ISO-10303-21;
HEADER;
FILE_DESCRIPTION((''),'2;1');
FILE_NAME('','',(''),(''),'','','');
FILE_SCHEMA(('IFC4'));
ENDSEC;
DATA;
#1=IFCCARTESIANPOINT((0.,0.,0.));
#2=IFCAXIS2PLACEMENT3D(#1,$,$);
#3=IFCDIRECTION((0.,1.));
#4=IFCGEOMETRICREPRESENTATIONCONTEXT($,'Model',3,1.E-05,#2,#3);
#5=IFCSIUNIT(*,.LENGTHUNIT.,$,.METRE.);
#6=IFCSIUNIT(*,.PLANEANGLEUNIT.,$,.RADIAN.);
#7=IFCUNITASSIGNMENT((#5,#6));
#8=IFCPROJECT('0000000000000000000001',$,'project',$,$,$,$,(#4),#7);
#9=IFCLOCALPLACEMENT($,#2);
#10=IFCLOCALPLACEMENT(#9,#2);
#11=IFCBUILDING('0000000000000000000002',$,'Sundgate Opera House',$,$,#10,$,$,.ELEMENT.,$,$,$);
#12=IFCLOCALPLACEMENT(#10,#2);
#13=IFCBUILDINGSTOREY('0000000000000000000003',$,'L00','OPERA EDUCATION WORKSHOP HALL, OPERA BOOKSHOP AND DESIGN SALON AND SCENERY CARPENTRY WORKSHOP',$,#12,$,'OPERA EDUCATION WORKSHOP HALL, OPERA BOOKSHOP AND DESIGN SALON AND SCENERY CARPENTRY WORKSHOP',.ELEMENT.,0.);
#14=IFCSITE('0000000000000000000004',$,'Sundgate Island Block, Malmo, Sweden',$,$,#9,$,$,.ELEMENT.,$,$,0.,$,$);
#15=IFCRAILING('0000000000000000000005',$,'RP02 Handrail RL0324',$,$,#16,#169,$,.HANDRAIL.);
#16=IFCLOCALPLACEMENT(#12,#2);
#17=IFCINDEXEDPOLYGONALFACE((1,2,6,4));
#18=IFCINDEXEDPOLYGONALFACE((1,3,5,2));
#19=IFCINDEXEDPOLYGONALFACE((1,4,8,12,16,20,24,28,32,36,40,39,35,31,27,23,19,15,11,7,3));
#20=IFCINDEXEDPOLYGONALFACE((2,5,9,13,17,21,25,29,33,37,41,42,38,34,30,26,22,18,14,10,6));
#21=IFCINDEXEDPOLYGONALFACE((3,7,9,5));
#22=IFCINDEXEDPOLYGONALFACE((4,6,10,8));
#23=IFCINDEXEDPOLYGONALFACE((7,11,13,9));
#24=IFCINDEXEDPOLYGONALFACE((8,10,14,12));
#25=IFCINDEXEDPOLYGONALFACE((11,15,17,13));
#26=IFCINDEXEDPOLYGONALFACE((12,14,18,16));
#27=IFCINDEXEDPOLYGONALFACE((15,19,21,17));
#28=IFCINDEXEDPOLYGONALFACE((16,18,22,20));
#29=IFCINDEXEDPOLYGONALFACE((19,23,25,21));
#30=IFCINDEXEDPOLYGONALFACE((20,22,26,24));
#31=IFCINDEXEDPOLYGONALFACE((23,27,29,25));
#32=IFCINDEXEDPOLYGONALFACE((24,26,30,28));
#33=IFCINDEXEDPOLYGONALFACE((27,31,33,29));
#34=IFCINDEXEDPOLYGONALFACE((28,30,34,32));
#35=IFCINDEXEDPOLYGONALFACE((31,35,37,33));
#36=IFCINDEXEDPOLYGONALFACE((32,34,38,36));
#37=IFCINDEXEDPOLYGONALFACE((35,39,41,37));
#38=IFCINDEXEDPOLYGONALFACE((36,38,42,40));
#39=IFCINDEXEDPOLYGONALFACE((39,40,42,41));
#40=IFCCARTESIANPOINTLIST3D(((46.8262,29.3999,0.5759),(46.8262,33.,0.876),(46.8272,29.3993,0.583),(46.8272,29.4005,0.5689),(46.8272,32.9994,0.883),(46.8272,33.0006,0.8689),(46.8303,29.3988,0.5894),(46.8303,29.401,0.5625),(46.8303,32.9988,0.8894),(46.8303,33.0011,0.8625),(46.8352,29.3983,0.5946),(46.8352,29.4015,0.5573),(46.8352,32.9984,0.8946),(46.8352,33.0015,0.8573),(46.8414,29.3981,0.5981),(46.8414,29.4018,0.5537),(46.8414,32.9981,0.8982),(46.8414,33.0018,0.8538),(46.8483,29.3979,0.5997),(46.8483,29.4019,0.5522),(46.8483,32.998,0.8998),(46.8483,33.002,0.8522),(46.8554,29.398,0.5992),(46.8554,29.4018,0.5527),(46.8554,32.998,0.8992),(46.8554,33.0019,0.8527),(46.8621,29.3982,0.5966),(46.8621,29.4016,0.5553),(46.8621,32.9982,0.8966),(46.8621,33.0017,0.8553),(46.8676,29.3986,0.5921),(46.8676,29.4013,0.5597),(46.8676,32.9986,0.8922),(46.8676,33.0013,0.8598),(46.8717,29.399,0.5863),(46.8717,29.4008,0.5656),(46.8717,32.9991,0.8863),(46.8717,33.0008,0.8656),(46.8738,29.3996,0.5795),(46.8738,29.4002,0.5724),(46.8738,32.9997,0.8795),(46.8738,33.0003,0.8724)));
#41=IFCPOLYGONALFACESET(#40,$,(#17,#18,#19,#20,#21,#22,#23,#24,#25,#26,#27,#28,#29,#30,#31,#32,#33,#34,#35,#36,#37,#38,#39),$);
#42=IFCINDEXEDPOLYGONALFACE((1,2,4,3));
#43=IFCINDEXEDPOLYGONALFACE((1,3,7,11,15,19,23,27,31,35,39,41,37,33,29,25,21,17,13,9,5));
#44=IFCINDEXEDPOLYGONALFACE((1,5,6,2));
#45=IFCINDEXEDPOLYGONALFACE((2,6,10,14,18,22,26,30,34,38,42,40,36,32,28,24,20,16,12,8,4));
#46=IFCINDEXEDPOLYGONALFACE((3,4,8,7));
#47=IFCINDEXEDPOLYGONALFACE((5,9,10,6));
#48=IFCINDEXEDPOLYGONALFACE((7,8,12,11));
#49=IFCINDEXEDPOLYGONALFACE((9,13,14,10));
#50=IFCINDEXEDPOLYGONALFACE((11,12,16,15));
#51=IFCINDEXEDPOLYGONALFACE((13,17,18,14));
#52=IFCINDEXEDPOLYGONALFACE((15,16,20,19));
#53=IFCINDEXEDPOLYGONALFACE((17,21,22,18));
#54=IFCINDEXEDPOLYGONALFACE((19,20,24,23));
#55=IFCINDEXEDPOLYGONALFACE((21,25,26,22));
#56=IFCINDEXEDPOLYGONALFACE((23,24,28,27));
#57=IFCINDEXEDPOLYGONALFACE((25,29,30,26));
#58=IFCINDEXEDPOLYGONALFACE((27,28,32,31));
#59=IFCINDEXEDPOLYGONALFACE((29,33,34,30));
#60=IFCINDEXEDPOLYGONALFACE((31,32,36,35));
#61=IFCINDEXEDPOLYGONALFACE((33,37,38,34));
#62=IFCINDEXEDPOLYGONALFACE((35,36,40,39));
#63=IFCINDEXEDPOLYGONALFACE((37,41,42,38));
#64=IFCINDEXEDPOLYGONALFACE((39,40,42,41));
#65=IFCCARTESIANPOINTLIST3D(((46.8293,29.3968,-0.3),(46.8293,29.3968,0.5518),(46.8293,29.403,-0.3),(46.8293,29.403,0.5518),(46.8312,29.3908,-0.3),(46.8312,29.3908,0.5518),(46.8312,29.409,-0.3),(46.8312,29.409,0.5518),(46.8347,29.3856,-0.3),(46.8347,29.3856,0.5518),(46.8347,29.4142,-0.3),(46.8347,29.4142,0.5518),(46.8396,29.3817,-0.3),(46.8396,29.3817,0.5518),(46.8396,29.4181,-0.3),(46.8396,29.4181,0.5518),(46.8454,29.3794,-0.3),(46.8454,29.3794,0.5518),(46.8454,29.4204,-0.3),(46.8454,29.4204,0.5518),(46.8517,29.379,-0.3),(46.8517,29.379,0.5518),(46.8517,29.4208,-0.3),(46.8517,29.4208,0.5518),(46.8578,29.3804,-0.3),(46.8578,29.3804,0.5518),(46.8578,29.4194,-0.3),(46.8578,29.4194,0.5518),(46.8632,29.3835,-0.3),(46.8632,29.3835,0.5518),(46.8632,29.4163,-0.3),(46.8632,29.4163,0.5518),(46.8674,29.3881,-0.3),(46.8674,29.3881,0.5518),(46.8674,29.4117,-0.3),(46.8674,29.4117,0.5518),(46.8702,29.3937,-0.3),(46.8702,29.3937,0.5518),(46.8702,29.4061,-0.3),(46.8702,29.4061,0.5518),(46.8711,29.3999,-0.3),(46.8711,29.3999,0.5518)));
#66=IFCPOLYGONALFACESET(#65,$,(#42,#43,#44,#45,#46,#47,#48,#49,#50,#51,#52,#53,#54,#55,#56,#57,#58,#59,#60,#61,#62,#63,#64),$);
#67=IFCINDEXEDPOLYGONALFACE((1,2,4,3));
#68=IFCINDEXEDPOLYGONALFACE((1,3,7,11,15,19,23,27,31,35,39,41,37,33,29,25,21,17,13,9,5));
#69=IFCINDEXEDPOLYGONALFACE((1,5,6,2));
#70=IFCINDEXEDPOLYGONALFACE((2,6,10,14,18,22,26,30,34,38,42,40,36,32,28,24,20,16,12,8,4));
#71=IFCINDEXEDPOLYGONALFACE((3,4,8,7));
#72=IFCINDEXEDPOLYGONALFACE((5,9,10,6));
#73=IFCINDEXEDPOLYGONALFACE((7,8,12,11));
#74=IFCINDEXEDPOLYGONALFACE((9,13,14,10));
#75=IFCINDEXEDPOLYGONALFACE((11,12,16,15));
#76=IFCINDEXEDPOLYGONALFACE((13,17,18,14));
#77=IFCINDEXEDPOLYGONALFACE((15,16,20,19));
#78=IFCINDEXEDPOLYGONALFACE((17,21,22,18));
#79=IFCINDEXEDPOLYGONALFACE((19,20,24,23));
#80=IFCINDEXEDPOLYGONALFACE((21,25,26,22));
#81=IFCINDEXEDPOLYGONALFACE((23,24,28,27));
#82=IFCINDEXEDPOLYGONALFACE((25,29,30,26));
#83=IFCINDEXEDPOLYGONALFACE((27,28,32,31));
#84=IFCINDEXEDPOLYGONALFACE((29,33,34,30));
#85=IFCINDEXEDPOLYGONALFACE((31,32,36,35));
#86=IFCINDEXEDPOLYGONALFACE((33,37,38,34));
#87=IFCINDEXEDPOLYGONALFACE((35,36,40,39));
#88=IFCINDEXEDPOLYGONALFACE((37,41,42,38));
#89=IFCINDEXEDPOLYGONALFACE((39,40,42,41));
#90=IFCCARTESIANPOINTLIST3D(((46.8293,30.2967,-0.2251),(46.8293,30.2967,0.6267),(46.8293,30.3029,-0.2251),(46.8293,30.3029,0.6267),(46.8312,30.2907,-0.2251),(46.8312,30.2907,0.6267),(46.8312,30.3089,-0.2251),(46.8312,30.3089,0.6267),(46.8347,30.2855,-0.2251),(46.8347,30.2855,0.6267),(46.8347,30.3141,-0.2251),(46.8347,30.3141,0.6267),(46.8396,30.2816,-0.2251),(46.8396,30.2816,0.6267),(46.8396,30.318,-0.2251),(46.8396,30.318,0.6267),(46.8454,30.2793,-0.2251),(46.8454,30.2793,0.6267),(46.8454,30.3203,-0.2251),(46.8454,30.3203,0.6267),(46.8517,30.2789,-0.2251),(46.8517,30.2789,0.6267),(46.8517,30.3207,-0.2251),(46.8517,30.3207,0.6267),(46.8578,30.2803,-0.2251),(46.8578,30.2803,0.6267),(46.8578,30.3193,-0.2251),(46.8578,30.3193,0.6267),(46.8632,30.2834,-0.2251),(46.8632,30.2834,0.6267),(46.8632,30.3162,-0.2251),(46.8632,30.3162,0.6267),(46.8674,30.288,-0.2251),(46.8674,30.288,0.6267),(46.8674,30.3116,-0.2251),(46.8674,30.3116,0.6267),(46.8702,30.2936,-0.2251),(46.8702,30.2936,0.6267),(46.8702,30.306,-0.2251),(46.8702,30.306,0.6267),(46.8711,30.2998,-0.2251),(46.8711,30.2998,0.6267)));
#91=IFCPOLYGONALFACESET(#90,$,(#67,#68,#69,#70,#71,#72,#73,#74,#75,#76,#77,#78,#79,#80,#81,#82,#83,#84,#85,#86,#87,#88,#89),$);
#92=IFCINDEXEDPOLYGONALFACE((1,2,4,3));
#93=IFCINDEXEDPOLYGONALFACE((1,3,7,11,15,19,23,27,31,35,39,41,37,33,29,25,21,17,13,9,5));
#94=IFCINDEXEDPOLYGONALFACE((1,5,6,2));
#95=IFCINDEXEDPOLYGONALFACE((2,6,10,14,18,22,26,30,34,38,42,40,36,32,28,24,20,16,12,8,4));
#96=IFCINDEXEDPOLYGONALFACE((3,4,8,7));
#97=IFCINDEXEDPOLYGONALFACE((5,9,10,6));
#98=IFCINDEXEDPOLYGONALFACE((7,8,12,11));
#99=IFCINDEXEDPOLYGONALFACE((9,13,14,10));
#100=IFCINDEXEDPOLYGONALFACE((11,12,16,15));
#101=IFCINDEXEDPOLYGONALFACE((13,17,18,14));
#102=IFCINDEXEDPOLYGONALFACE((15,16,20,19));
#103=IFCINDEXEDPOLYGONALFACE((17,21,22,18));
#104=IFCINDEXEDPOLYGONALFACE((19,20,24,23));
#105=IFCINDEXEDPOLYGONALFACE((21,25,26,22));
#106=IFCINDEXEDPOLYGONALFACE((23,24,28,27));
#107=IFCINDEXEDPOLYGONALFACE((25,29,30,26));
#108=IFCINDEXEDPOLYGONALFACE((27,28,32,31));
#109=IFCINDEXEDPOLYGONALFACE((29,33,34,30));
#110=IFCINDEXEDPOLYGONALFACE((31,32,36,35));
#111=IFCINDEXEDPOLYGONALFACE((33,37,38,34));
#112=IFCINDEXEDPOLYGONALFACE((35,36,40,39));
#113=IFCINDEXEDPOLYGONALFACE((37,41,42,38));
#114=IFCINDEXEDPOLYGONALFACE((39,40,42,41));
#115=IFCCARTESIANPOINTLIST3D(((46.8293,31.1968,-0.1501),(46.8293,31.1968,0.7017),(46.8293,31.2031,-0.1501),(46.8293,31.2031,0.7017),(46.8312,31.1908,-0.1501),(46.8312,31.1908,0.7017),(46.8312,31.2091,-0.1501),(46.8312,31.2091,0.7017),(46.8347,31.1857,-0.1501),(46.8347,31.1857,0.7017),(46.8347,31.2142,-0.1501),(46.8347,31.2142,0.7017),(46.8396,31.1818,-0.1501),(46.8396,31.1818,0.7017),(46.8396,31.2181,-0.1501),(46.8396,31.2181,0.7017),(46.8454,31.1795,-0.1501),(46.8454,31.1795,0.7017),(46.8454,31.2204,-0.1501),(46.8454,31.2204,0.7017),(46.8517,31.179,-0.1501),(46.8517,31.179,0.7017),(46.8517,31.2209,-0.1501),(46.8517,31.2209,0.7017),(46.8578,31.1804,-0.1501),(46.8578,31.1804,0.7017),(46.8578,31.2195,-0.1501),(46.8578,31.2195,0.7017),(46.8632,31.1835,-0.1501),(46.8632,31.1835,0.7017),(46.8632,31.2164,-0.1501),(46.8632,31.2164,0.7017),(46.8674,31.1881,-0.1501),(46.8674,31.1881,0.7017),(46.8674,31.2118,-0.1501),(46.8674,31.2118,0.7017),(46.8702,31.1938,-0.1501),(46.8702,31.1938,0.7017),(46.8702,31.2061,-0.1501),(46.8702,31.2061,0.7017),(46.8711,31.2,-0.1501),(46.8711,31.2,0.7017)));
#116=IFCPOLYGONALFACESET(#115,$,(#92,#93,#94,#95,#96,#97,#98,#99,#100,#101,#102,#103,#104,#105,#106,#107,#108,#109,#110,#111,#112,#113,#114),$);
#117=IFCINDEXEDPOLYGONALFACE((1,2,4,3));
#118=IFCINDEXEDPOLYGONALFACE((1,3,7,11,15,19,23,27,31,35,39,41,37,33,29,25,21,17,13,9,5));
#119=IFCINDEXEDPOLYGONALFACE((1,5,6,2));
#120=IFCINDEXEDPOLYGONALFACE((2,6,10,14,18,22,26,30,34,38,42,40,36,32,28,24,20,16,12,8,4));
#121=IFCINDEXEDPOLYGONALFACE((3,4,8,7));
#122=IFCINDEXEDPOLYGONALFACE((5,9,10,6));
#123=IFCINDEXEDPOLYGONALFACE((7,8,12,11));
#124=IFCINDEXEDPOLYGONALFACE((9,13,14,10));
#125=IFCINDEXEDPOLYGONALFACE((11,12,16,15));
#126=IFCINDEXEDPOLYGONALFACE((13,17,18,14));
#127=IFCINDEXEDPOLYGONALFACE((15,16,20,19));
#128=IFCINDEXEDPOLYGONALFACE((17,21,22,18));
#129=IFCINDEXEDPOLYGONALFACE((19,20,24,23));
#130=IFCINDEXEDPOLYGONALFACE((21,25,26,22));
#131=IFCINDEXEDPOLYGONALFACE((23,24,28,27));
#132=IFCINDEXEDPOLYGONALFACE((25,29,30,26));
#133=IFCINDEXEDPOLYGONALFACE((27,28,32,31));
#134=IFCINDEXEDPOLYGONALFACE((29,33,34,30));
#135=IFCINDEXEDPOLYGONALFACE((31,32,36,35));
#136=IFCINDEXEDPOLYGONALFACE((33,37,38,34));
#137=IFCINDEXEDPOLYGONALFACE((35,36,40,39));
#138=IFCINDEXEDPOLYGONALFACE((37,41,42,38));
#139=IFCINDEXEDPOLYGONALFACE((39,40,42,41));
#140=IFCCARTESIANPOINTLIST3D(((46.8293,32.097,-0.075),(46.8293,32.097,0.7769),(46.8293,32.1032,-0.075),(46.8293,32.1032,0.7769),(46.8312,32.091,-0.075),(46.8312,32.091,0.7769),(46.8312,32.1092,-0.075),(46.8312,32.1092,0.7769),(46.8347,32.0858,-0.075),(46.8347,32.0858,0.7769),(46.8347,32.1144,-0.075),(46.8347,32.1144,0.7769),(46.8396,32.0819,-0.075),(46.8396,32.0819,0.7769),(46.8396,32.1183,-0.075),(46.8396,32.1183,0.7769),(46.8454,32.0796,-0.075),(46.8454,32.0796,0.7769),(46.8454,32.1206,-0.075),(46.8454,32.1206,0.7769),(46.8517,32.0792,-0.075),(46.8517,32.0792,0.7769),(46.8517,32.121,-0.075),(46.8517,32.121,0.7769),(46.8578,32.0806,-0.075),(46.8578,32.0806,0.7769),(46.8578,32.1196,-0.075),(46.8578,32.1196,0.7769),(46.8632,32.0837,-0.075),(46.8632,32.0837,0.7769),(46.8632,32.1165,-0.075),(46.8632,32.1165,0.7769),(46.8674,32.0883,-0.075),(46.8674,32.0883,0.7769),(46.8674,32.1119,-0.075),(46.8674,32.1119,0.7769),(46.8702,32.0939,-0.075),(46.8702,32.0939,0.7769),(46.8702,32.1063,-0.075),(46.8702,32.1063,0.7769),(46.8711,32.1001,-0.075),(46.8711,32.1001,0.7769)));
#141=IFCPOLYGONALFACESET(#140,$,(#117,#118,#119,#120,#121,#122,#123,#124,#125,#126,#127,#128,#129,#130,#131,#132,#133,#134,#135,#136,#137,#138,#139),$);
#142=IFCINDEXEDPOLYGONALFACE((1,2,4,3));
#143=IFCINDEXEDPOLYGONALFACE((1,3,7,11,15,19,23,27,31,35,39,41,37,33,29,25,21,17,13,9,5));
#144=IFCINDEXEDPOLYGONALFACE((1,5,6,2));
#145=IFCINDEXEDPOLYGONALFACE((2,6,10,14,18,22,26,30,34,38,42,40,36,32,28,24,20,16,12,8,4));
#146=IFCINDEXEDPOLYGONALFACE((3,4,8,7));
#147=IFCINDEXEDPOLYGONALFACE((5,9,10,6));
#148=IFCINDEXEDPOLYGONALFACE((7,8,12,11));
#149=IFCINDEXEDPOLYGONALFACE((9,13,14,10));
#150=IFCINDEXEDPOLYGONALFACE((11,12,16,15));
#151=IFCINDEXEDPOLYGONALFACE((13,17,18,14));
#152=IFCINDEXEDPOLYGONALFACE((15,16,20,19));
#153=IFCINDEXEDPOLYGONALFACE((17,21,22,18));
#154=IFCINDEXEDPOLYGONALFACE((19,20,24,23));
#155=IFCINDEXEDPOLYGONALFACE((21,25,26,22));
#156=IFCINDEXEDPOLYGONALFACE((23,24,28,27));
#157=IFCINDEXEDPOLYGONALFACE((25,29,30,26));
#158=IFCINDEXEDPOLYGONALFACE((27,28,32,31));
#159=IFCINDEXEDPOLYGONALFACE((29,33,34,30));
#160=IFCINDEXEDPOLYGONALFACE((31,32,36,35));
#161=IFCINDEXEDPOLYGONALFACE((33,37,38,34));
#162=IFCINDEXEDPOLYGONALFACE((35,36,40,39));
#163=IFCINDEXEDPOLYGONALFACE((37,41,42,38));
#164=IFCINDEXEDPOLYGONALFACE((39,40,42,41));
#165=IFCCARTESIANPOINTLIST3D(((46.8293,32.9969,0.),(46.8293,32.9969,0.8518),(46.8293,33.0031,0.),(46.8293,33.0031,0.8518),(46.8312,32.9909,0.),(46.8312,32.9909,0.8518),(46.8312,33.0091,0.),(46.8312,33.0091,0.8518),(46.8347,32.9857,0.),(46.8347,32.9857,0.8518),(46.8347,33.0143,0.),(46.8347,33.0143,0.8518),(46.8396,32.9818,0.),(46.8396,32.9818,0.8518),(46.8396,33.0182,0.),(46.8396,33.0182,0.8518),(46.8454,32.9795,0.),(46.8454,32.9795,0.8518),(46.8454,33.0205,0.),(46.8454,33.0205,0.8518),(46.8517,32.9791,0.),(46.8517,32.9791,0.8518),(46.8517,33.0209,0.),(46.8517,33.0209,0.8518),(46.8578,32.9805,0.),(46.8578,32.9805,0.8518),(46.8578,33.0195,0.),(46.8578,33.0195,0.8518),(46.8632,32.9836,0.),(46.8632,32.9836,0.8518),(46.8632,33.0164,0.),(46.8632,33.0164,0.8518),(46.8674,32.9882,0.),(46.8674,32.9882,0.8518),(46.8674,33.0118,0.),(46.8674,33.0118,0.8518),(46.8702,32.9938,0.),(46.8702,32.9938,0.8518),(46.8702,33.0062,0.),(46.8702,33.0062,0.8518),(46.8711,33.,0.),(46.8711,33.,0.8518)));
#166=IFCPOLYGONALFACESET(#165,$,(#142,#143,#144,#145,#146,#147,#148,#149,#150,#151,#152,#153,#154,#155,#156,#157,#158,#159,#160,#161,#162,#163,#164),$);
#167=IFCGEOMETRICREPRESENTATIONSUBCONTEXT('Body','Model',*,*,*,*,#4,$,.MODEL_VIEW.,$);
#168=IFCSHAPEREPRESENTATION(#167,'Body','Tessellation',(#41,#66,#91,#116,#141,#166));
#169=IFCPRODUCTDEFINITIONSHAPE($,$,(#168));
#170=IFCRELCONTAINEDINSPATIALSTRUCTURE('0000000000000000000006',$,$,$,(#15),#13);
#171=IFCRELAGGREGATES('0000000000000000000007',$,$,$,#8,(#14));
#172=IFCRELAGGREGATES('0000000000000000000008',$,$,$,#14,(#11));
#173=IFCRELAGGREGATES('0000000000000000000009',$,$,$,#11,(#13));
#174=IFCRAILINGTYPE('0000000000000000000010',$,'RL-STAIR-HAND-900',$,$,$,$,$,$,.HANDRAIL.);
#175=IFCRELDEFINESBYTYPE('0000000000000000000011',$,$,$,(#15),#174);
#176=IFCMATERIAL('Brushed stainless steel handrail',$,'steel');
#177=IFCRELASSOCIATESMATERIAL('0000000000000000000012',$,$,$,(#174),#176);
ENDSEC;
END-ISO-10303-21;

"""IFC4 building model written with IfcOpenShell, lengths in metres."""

from ifc_helpers import new_model, si_unit, direction, frame, origin, origin_2d, place, context, subcontext, project, spatial, circle, extrude, material, type_object, element, save


model = new_model("IFC4")

# Units and contexts
model_context = context("Model", 3, precision=1e-05, world=origin(), true_north=direction((0.0, 1.0)))
body_context = subcontext(model_context, "Body", "Model", "MODEL_VIEW")
ifc_project = project(units=[si_unit("LENGTHUNIT", "METRE"), si_unit("PLANEANGLEUNIT", "RADIAN")], contexts=[model_context])

# Site, building, storey
site_placement = place(None, origin())
site = spatial("IfcSite", under=ifc_project, at=site_placement, Name="Sundgate Island Block, Malmo, Sweden", CompositionType="ELEMENT", RefElevation=0.0)
building_placement = place(site_placement, origin())
building = spatial("IfcBuilding", under=site, at=building_placement, Name="Sundgate Opera House", CompositionType="ELEMENT")
storey_placement = place(building_placement, origin())
storey = spatial("IfcBuildingStorey", under=building, at=storey_placement, Name="L00", Description="OPERA EDUCATION WORKSHOP HALL, OPERA BOOKSHOP AND DESIGN SALON AND SCENERY CARPENTRY WORKSHOP", LongName="OPERA EDUCATION WORKSHOP HALL, OPERA BOOKSHOP AND DESIGN SALON AND SCENERY CARPENTRY WORKSHOP", CompositionType="ELEMENT", Elevation=0.0)

# Railing
ifc_material_1 = material(Name="Brushed stainless steel handrail", Category="steel")
railing_type_1 = type_object("IfcRailingType", Name="RL-STAIR-HAND-900", PredefinedType="HANDRAIL", material=ifc_material_1)
for number, where, name in (
    (1, (46.8501, 29.3999, -0.3), "RP02 Handrail RL0324"),
):
    element("IfcRailing", number, at=place(storey_placement, frame(where)), inside=storey, type_object=railing_type_1, Name=name, PredefinedType="HANDRAIL", context=body_context, shape_type="SweptSolid", body=[
        extrude(circle(Radius=0.0239, at=origin_2d()), frame((0.0, 0.0, 0.876), z_axis=(0.0, 0.996545, 0.083057), x_axis=(-1.0, 0.0, 0.0)), (0.0, 0.0, 1.0), 3.6125),
        extrude(circle(Radius=0.021, at=origin_2d()), origin(), (0.0, 0.0, 1.0), 0.8518),
        extrude(circle(Radius=0.021, at=origin_2d()), frame((0.0, 0.8999, 0.075)), (0.0, 0.0, 1.0), 0.8518),
        extrude(circle(Radius=0.021, at=origin_2d()), frame((0.0, 1.8, 0.1499)), (0.0, 0.0, 1.0), 0.8518),
        extrude(circle(Radius=0.021, at=origin_2d()), frame((0.0, 2.7002, 0.2251)), (0.0, 0.0, 1.0), 0.8518),
        extrude(circle(Radius=0.021, at=origin_2d()), frame((0.0, 3.6001, 0.3)), (0.0, 0.0, 1.0), 0.8518),
    ])

save(model, "model.ifc")
